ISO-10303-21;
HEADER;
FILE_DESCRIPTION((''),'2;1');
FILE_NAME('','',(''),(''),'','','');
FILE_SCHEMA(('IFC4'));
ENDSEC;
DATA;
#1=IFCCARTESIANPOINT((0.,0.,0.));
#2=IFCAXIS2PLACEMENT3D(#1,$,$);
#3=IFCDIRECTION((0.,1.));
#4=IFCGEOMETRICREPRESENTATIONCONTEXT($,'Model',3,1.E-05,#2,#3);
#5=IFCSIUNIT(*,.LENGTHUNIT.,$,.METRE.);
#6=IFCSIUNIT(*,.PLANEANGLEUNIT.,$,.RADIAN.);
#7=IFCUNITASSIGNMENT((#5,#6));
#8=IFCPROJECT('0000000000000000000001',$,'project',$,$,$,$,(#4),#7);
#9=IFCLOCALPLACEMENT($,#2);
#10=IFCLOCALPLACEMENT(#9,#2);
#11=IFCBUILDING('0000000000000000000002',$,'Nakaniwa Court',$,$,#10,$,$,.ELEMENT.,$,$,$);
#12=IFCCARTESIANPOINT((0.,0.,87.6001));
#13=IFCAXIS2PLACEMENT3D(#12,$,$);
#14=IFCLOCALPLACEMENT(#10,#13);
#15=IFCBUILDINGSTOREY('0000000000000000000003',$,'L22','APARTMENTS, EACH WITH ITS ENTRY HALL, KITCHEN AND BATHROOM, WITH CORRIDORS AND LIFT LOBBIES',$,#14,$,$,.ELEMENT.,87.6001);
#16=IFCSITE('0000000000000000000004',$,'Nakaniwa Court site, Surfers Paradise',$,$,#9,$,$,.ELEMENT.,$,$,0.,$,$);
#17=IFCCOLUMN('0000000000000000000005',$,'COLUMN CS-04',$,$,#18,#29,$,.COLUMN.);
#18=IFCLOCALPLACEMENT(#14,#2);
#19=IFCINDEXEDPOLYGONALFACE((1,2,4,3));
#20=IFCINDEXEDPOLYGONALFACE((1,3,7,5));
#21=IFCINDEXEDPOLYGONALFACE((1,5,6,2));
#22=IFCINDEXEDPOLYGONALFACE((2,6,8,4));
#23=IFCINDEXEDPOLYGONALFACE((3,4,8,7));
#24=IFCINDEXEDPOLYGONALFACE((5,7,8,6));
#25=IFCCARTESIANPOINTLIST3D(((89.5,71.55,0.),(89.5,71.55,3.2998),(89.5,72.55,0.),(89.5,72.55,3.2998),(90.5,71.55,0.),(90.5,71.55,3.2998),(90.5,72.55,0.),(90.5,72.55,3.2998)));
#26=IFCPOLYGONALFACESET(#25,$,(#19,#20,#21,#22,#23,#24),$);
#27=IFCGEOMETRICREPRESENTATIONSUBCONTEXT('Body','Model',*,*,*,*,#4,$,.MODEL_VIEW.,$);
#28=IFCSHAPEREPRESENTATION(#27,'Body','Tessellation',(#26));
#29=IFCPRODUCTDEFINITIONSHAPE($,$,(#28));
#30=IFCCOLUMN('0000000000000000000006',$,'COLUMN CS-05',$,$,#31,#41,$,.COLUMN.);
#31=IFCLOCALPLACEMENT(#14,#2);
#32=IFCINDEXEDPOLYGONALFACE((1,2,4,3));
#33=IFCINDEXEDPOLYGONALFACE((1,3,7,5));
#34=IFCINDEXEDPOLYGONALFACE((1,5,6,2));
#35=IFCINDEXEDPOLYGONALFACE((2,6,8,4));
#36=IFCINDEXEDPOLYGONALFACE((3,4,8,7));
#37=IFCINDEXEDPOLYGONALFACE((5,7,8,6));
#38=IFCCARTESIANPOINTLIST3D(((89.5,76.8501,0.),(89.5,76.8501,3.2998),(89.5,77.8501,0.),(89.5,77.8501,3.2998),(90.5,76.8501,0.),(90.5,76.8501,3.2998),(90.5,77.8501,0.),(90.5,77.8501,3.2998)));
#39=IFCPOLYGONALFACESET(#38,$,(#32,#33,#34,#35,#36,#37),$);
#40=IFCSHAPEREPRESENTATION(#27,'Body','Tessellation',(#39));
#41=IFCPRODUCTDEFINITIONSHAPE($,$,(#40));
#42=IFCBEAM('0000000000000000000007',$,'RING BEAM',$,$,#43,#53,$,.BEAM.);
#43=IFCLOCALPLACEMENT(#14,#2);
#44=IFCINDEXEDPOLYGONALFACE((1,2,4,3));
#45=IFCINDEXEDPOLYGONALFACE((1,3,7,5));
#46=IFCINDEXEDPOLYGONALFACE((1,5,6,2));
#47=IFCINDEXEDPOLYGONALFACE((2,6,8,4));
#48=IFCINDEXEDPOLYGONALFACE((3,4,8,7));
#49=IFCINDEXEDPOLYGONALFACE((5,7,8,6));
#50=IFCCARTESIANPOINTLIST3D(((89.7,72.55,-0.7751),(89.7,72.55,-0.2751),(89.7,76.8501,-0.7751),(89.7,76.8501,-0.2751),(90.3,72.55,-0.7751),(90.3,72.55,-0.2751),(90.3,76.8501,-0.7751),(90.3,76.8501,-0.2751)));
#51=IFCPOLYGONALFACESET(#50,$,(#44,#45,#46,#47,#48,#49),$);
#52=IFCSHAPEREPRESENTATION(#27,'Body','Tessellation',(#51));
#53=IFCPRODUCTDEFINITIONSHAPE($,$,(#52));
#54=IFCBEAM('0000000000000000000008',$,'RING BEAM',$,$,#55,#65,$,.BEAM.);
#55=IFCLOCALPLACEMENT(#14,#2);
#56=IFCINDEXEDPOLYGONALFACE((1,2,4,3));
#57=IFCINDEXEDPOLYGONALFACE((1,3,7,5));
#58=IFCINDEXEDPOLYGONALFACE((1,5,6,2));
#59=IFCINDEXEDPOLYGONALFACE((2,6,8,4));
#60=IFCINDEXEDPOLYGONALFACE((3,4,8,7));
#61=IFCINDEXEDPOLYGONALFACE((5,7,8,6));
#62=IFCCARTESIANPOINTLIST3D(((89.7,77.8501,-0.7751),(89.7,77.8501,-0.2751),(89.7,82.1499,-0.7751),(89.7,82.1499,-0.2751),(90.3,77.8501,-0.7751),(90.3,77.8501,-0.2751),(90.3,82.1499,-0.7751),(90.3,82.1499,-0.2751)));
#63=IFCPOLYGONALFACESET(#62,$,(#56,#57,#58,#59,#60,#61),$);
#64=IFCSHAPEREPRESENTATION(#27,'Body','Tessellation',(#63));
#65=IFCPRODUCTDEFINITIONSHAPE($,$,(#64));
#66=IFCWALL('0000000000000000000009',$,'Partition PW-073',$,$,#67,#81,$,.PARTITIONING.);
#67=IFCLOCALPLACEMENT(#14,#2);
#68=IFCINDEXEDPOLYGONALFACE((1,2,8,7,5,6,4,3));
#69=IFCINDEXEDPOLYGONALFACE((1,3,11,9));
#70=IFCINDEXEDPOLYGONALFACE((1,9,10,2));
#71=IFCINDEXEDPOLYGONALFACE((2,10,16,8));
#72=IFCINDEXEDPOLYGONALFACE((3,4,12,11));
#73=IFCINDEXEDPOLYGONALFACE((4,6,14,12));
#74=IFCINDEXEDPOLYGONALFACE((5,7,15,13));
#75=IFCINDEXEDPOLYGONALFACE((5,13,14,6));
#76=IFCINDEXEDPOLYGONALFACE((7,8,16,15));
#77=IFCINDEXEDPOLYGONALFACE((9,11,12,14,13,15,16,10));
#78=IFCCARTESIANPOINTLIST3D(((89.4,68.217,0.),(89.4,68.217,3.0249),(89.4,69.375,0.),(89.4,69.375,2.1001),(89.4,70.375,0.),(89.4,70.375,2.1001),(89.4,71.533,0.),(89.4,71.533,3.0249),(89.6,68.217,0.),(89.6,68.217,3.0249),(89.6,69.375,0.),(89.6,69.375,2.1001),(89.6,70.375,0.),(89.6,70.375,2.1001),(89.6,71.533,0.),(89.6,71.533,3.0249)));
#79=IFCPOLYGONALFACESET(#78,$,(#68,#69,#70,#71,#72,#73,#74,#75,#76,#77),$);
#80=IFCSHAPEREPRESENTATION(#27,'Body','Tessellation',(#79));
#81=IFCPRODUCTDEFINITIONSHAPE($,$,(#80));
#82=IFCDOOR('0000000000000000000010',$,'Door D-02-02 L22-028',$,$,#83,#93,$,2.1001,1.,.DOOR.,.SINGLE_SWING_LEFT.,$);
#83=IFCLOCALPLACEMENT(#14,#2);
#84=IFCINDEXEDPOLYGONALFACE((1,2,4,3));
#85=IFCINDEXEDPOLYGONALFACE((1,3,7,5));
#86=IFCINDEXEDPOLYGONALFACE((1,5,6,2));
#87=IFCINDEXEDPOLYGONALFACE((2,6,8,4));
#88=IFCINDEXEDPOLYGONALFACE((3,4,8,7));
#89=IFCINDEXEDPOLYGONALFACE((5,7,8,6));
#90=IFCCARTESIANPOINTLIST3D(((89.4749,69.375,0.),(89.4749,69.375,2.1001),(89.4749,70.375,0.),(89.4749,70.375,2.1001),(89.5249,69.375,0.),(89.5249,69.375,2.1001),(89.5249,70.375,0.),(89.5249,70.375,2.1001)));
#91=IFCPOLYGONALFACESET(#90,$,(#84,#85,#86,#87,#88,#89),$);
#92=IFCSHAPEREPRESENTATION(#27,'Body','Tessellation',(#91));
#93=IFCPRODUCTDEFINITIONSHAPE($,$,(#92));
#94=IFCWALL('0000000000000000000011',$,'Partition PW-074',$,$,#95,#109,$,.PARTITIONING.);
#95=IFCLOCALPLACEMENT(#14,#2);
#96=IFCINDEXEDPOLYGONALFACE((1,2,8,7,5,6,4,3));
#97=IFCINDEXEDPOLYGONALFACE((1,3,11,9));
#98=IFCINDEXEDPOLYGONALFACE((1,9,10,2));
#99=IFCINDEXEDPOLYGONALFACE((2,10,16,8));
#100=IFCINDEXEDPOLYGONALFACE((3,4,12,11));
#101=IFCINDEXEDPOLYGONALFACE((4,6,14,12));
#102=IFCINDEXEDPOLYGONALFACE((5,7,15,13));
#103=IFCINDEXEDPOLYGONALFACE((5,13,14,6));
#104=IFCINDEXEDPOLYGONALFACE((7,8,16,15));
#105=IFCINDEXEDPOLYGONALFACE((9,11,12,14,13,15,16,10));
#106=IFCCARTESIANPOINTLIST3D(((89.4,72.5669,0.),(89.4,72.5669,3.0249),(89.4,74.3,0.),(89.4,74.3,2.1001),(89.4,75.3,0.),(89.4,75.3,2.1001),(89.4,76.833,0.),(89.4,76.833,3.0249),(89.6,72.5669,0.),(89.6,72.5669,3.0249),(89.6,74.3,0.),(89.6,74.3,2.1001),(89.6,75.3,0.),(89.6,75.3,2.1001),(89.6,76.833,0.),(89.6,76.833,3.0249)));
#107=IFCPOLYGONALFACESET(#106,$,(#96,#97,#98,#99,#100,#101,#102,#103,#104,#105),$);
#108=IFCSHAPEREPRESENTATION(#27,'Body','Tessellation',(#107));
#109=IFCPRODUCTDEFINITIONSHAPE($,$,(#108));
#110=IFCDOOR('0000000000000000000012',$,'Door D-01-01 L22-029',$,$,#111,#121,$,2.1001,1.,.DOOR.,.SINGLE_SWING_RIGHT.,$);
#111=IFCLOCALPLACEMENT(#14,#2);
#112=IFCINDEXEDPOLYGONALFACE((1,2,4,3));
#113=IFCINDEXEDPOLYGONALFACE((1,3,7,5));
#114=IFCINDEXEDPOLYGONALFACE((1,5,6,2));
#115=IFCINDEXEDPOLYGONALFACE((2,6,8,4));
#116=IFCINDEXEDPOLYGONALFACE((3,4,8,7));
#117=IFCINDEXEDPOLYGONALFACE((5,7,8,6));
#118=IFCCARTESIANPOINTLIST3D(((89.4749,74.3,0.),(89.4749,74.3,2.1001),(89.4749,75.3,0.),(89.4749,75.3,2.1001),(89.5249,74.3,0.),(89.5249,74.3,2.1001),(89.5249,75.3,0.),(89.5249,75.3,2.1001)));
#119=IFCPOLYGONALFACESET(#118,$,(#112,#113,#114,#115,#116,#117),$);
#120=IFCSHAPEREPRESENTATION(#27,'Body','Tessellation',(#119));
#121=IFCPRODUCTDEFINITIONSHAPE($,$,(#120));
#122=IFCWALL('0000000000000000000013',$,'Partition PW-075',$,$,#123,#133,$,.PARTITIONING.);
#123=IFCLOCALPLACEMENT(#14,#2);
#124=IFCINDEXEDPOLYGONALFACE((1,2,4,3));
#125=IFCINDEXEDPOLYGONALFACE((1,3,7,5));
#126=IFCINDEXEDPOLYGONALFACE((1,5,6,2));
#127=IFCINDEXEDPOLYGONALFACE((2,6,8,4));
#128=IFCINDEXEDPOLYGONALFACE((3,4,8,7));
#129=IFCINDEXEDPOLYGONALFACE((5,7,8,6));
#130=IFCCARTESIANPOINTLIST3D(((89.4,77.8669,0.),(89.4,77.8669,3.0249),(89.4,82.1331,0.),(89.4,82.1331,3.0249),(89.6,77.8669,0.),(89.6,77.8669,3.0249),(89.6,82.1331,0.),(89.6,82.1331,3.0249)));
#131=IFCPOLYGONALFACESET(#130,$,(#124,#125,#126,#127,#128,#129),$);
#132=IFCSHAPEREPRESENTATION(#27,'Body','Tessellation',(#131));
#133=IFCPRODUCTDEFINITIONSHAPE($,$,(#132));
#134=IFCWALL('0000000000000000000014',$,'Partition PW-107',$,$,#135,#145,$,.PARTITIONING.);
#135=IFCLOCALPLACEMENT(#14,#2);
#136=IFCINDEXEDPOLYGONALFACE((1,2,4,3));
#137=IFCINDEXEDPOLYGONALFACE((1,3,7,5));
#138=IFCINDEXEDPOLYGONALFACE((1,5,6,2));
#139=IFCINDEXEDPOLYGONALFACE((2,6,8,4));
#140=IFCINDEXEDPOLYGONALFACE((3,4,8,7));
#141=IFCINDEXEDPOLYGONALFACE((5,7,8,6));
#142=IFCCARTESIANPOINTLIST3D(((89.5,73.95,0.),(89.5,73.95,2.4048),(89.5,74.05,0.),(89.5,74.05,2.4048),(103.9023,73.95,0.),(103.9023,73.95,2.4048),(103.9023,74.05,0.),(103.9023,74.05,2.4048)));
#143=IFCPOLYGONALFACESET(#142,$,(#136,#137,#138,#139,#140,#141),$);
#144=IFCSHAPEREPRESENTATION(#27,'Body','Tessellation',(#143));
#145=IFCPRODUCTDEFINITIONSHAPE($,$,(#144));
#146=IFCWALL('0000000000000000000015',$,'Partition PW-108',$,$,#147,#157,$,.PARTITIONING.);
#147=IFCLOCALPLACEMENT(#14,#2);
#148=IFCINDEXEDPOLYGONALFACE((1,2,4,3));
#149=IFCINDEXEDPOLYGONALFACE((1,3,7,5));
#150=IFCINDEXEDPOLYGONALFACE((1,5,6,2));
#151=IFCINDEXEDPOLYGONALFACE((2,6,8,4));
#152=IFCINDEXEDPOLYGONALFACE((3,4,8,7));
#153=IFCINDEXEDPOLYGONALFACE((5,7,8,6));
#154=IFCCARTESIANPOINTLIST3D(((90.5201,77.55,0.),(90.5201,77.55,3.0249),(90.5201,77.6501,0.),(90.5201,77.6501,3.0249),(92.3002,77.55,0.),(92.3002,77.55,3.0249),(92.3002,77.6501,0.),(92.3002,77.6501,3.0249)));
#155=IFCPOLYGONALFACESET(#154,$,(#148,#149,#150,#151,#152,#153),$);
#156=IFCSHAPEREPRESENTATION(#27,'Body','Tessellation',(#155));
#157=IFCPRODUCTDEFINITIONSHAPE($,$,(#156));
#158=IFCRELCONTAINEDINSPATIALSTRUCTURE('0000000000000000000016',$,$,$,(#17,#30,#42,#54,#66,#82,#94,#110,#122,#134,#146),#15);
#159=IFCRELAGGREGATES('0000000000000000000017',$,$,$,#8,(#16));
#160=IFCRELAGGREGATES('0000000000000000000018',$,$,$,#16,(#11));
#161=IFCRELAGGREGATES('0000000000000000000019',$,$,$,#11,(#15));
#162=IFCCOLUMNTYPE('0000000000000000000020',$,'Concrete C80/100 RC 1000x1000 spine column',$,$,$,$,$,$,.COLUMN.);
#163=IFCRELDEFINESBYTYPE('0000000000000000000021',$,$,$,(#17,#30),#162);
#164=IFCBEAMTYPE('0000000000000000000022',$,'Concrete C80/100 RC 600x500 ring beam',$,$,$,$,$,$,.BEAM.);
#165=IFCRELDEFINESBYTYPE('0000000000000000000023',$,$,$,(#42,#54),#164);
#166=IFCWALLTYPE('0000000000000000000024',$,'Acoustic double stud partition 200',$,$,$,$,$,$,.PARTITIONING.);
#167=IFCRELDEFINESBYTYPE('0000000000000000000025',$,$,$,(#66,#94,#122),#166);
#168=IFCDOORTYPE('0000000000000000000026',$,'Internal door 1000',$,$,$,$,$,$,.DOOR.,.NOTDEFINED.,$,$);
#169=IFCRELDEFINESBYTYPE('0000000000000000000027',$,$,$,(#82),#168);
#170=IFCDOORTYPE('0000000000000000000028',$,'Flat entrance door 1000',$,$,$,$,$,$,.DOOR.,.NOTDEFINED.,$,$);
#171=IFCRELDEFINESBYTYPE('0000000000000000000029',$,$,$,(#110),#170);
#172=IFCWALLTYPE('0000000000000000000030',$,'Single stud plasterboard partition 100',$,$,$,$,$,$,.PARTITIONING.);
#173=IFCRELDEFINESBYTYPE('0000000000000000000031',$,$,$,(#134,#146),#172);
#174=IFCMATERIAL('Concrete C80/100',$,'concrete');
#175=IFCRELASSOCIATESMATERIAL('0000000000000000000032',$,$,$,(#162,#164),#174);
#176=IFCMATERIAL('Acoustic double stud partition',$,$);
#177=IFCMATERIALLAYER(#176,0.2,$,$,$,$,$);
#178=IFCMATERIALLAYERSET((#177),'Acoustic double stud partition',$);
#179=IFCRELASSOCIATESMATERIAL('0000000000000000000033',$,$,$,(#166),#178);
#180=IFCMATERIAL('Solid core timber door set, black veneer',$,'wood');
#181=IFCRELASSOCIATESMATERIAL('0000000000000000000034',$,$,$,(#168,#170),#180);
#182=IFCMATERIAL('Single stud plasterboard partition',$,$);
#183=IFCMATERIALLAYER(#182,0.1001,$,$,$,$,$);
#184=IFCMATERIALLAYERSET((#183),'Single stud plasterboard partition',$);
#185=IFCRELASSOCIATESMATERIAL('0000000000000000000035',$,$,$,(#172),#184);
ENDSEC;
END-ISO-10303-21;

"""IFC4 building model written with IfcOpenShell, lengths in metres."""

from ifc_helpers import new_model, si_unit, direction, frame, frame_2d, origin, origin_2d, place, context, subcontext, project, spatial, rectangle, extrude, material, layer, layer_set, material_profile, profile_set, type_object, element, fill, save


model = new_model("IFC4")

# Units and contexts
model_context = context("Model", 3, precision=1e-05, world=origin(), true_north=direction((0.0, 1.0)))
body_context = subcontext(model_context, "Body", "Model", "MODEL_VIEW")
ifc_project = project(units=[si_unit("LENGTHUNIT", "METRE"), si_unit("PLANEANGLEUNIT", "RADIAN")], contexts=[model_context])

# Site, building, storey
site_placement = place(None, origin())
site = spatial("IfcSite", under=ifc_project, at=site_placement, Name="Nakaniwa Court site, Surfers Paradise", CompositionType="ELEMENT", RefElevation=0.0)
building_placement = place(site_placement, origin())
building = spatial("IfcBuilding", under=site, at=building_placement, Name="Nakaniwa Court", CompositionType="ELEMENT")
storey_placement = place(building_placement, frame((0.0, 0.0, 87.6001)))
storey = spatial("IfcBuildingStorey", under=building, at=storey_placement, Name="L22", Description="APARTMENTS, EACH WITH ITS ENTRY HALL, KITCHEN AND BATHROOM, WITH CORRIDORS AND LIFT LOBBIES", CompositionType="ELEMENT", Elevation=87.6001)

# Columns
ifc_material_1 = material(Name="Concrete C80/100", Category="concrete")
ifc_material_profile_1 = material_profile(ifc_material_1, rectangle(XDim=1.0, YDim=1.0, at=origin_2d()), Name="Concrete C80/100 RC 1000x1000 spine column")
ifc_profile_set_1 = profile_set([ifc_material_profile_1], Name="Concrete C80/100")
column_type = type_object("IfcColumnType", Name="Concrete C80/100 RC 1000x1000 spine column", PredefinedType="COLUMN", material=ifc_profile_set_1)
for number, where, z_axis, x_axis, name in (
    (1, (90.0, 72.05, 0.0), (0.0, 0.0, 1.0), (0.0, 1.0, 0.0), "COLUMN CS-04"),
    (2, (90.0, 77.3501, 0.0), (0.0, 0.0, 1.0), (0.0, 1.0, 0.0), "COLUMN CS-05"),
):
    element("IfcColumn", number, at=place(storey_placement, frame(where, z_axis=z_axis, x_axis=x_axis)), inside=storey, type_object=column_type, Name=name, PredefinedType="COLUMN", context=body_context, shape_type="SweptSolid", body=[
        extrude(rectangle(XDim=1.0, YDim=1.0, at=origin_2d()), origin(), (0.0, 0.0, 1.0), 3.2998),
    ])

# Beams
ifc_material_profile_2 = material_profile(ifc_material_1, rectangle(XDim=0.6001, YDim=0.5, at=origin_2d()), Name="Concrete C80/100 RC 600x500 ring beam")
ifc_profile_set_2 = profile_set([ifc_material_profile_2], Name="Concrete C80/100")
beam_type = type_object("IfcBeamType", Name="Concrete C80/100 RC 600x500 ring beam", PredefinedType="BEAM", material=ifc_profile_set_2)
beam_1_placement = place(storey_placement, frame((90.0, 72.55, -0.5251), z_axis=(0.0, 1.0, 0.0), x_axis=(-1.0, 0.0, 0.0)))
element("IfcBeam", 3, at=beam_1_placement, inside=storey, type_object=beam_type, Name="RING BEAM", PredefinedType="BEAM", context=body_context, shape_type="SweptSolid", body=[
    extrude(rectangle(XDim=0.6001, YDim=0.5, at=origin_2d()), origin(), (0.0, 0.0, 1.0), 4.3),
])
beam_2_placement = place(storey_placement, frame((90.0, 77.8501, -0.5251), z_axis=(0.0, 1.0, 0.0), x_axis=(-1.0, 0.0, 0.0)))
element("IfcBeam", 4, at=beam_2_placement, inside=storey, type_object=beam_type, Name="RING BEAM", PredefinedType="BEAM", context=body_context, shape_type="SweptSolid", body=[
    extrude(rectangle(XDim=0.6001, YDim=0.5, at=origin_2d()), origin(), (0.0, 0.0, 1.0), 4.2998),
])

# Walls, openings, doors
ifc_material_2 = material(Name="Acoustic double stud partition")
ifc_layer_1 = layer(ifc_material_2, 0.2)
ifc_layer_set_1 = layer_set([ifc_layer_1], Name="Acoustic double stud partition")
wall_type_1 = type_object("IfcWallType", Name="Acoustic double stud partition 200", PredefinedType="PARTITIONING", material=ifc_layer_set_1)
wall_1_placement = place(storey_placement, frame((89.5, 71.533, 0.0), z_axis=(0.0, 0.0, 1.0), x_axis=(0.0, -1.0, 0.0)))
wall_1 = element("IfcWall", 5, at=wall_1_placement, inside=storey, type_object=wall_type_1, Name="Partition PW-073", PredefinedType="PARTITIONING", context=body_context, shape_type="SweptSolid", body=[
    extrude(rectangle(XDim=3.3159, YDim=0.2, at=frame_2d((1.658, 0.0))), origin(), (0.0, 0.0, 1.0), 3.0249),
])
opening_1_placement = place(wall_1_placement, frame((1.158, 0.0, 0.0)))
opening_1 = element("IfcOpeningElement", 6, at=opening_1_placement, cuts=wall_1, PredefinedType="OPENING", context=body_context, shape_type="SweptSolid", body=[
    extrude(rectangle(XDim=1.0, YDim=2.1001, at=frame_2d((0.5, 1.05))), frame((0.0, 0.1099, 0.0), z_axis=(0.0, -1.0, 0.0), x_axis=(1.0, 0.0, 0.0)), (0.0, 0.0, 1.0), 0.22),
])
ifc_material_3 = material(Name="Solid core timber door set, black veneer", Category="wood")
door_type_1 = type_object("IfcDoorType", Name="Internal door 1000", OperationType="NOTDEFINED", PredefinedType="DOOR", material=ifc_material_3)
door_1_placement = place(opening_1_placement, origin())
door_1 = element("IfcDoor", 7, at=door_1_placement, inside=storey, type_object=door_type_1, Name="Door D-02-02 L22-028", OperationType="SINGLE_SWING_LEFT", OverallHeight=2.1001, OverallWidth=1.0, PredefinedType="DOOR", context=body_context, shape_type="SweptSolid", body=[
    extrude(rectangle(XDim=1.0, YDim=2.1001, at=frame_2d((0.5, 1.05))), frame((0.0, 0.0249, 0.0), z_axis=(0.0, -1.0, 0.0), x_axis=(1.0, 0.0, 0.0)), (0.0, 0.0, 1.0), 0.05),
])
fill(opening_1, door_1)
wall_2_placement = place(storey_placement, frame((89.5, 76.833, 0.0), z_axis=(0.0, 0.0, 1.0), x_axis=(0.0, -1.0, 0.0)))
wall_2 = element("IfcWall", 8, at=wall_2_placement, inside=storey, type_object=wall_type_1, Name="Partition PW-074", PredefinedType="PARTITIONING", context=body_context, shape_type="SweptSolid", body=[
    extrude(rectangle(XDim=4.2661, YDim=0.2, at=frame_2d((2.1331, 0.0))), origin(), (0.0, 0.0, 1.0), 3.0249),
])
opening_2_placement = place(wall_2_placement, frame((1.533, 0.0, 0.0)))
opening_2 = element("IfcOpeningElement", 9, at=opening_2_placement, cuts=wall_2, PredefinedType="OPENING", context=body_context, shape_type="SweptSolid", body=[
    extrude(rectangle(XDim=1.0, YDim=2.1001, at=frame_2d((0.5, 1.05))), frame((0.0, 0.1099, 0.0), z_axis=(0.0, -1.0, 0.0), x_axis=(1.0, 0.0, 0.0)), (0.0, 0.0, 1.0), 0.22),
])
door_type_2 = type_object("IfcDoorType", Name="Flat entrance door 1000", OperationType="NOTDEFINED", PredefinedType="DOOR", material=ifc_material_3)
door_2_placement = place(opening_2_placement, origin())
door_2 = element("IfcDoor", 10, at=door_2_placement, inside=storey, type_object=door_type_2, Name="Door D-01-01 L22-029", OperationType="SINGLE_SWING_RIGHT", OverallHeight=2.1001, OverallWidth=1.0, PredefinedType="DOOR", context=body_context, shape_type="SweptSolid", body=[
    extrude(rectangle(XDim=1.0, YDim=2.1001, at=frame_2d((0.5, 1.05))), frame((0.0, 0.0249, 0.0), z_axis=(0.0, -1.0, 0.0), x_axis=(1.0, 0.0, 0.0)), (0.0, 0.0, 1.0), 0.05),
])
fill(opening_2, door_2)

# Walls
wall_3_placement = place(storey_placement, frame((89.5, 77.8669, 0.0), z_axis=(0.0, 0.0, 1.0), x_axis=(0.0, 1.0, 0.0)))
element("IfcWall", 11, at=wall_3_placement, inside=storey, type_object=wall_type_1, Name="Partition PW-075", PredefinedType="PARTITIONING", context=body_context, shape_type="SweptSolid", body=[
    extrude(rectangle(XDim=4.2661, YDim=0.2, at=frame_2d((2.1331, 0.0))), origin(), (0.0, 0.0, 1.0), 3.0249),
])
ifc_material_4 = material(Name="Single stud plasterboard partition")
ifc_layer_2 = layer(ifc_material_4, 0.1001)
ifc_layer_set_2 = layer_set([ifc_layer_2], Name="Single stud plasterboard partition")
wall_type_2 = type_object("IfcWallType", Name="Single stud plasterboard partition 100", PredefinedType="PARTITIONING", material=ifc_layer_set_2)
wall_4_placement = place(storey_placement, frame((89.5, 74.0, 0.0), z_axis=(0.0, 0.0, 1.0), x_axis=(1.0, 0.0, 0.0)))
element("IfcWall", 12, at=wall_4_placement, inside=storey, type_object=wall_type_2, Name="Partition PW-107", PredefinedType="PARTITIONING", context=body_context, shape_type="SweptSolid", body=[
    extrude(rectangle(XDim=14.4023, YDim=0.1001, at=frame_2d((7.2012, 0.0))), origin(), (0.0, 0.0, 1.0), 2.4048),
])
wall_5_placement = place(storey_placement, frame((90.52, 77.6001, 0.0), z_axis=(0.0, 0.0, 1.0), x_axis=(1.0, 0.0, 0.0)))
element("IfcWall", 13, at=wall_5_placement, inside=storey, type_object=wall_type_2, Name="Partition PW-108", PredefinedType="PARTITIONING", context=body_context, shape_type="SweptSolid", body=[
    extrude(rectangle(XDim=1.78, YDim=0.1001, at=frame_2d((0.8901, 0.0))), origin(), (0.0, 0.0, 1.0), 3.0249),
])

save(model, "model.ifc")
